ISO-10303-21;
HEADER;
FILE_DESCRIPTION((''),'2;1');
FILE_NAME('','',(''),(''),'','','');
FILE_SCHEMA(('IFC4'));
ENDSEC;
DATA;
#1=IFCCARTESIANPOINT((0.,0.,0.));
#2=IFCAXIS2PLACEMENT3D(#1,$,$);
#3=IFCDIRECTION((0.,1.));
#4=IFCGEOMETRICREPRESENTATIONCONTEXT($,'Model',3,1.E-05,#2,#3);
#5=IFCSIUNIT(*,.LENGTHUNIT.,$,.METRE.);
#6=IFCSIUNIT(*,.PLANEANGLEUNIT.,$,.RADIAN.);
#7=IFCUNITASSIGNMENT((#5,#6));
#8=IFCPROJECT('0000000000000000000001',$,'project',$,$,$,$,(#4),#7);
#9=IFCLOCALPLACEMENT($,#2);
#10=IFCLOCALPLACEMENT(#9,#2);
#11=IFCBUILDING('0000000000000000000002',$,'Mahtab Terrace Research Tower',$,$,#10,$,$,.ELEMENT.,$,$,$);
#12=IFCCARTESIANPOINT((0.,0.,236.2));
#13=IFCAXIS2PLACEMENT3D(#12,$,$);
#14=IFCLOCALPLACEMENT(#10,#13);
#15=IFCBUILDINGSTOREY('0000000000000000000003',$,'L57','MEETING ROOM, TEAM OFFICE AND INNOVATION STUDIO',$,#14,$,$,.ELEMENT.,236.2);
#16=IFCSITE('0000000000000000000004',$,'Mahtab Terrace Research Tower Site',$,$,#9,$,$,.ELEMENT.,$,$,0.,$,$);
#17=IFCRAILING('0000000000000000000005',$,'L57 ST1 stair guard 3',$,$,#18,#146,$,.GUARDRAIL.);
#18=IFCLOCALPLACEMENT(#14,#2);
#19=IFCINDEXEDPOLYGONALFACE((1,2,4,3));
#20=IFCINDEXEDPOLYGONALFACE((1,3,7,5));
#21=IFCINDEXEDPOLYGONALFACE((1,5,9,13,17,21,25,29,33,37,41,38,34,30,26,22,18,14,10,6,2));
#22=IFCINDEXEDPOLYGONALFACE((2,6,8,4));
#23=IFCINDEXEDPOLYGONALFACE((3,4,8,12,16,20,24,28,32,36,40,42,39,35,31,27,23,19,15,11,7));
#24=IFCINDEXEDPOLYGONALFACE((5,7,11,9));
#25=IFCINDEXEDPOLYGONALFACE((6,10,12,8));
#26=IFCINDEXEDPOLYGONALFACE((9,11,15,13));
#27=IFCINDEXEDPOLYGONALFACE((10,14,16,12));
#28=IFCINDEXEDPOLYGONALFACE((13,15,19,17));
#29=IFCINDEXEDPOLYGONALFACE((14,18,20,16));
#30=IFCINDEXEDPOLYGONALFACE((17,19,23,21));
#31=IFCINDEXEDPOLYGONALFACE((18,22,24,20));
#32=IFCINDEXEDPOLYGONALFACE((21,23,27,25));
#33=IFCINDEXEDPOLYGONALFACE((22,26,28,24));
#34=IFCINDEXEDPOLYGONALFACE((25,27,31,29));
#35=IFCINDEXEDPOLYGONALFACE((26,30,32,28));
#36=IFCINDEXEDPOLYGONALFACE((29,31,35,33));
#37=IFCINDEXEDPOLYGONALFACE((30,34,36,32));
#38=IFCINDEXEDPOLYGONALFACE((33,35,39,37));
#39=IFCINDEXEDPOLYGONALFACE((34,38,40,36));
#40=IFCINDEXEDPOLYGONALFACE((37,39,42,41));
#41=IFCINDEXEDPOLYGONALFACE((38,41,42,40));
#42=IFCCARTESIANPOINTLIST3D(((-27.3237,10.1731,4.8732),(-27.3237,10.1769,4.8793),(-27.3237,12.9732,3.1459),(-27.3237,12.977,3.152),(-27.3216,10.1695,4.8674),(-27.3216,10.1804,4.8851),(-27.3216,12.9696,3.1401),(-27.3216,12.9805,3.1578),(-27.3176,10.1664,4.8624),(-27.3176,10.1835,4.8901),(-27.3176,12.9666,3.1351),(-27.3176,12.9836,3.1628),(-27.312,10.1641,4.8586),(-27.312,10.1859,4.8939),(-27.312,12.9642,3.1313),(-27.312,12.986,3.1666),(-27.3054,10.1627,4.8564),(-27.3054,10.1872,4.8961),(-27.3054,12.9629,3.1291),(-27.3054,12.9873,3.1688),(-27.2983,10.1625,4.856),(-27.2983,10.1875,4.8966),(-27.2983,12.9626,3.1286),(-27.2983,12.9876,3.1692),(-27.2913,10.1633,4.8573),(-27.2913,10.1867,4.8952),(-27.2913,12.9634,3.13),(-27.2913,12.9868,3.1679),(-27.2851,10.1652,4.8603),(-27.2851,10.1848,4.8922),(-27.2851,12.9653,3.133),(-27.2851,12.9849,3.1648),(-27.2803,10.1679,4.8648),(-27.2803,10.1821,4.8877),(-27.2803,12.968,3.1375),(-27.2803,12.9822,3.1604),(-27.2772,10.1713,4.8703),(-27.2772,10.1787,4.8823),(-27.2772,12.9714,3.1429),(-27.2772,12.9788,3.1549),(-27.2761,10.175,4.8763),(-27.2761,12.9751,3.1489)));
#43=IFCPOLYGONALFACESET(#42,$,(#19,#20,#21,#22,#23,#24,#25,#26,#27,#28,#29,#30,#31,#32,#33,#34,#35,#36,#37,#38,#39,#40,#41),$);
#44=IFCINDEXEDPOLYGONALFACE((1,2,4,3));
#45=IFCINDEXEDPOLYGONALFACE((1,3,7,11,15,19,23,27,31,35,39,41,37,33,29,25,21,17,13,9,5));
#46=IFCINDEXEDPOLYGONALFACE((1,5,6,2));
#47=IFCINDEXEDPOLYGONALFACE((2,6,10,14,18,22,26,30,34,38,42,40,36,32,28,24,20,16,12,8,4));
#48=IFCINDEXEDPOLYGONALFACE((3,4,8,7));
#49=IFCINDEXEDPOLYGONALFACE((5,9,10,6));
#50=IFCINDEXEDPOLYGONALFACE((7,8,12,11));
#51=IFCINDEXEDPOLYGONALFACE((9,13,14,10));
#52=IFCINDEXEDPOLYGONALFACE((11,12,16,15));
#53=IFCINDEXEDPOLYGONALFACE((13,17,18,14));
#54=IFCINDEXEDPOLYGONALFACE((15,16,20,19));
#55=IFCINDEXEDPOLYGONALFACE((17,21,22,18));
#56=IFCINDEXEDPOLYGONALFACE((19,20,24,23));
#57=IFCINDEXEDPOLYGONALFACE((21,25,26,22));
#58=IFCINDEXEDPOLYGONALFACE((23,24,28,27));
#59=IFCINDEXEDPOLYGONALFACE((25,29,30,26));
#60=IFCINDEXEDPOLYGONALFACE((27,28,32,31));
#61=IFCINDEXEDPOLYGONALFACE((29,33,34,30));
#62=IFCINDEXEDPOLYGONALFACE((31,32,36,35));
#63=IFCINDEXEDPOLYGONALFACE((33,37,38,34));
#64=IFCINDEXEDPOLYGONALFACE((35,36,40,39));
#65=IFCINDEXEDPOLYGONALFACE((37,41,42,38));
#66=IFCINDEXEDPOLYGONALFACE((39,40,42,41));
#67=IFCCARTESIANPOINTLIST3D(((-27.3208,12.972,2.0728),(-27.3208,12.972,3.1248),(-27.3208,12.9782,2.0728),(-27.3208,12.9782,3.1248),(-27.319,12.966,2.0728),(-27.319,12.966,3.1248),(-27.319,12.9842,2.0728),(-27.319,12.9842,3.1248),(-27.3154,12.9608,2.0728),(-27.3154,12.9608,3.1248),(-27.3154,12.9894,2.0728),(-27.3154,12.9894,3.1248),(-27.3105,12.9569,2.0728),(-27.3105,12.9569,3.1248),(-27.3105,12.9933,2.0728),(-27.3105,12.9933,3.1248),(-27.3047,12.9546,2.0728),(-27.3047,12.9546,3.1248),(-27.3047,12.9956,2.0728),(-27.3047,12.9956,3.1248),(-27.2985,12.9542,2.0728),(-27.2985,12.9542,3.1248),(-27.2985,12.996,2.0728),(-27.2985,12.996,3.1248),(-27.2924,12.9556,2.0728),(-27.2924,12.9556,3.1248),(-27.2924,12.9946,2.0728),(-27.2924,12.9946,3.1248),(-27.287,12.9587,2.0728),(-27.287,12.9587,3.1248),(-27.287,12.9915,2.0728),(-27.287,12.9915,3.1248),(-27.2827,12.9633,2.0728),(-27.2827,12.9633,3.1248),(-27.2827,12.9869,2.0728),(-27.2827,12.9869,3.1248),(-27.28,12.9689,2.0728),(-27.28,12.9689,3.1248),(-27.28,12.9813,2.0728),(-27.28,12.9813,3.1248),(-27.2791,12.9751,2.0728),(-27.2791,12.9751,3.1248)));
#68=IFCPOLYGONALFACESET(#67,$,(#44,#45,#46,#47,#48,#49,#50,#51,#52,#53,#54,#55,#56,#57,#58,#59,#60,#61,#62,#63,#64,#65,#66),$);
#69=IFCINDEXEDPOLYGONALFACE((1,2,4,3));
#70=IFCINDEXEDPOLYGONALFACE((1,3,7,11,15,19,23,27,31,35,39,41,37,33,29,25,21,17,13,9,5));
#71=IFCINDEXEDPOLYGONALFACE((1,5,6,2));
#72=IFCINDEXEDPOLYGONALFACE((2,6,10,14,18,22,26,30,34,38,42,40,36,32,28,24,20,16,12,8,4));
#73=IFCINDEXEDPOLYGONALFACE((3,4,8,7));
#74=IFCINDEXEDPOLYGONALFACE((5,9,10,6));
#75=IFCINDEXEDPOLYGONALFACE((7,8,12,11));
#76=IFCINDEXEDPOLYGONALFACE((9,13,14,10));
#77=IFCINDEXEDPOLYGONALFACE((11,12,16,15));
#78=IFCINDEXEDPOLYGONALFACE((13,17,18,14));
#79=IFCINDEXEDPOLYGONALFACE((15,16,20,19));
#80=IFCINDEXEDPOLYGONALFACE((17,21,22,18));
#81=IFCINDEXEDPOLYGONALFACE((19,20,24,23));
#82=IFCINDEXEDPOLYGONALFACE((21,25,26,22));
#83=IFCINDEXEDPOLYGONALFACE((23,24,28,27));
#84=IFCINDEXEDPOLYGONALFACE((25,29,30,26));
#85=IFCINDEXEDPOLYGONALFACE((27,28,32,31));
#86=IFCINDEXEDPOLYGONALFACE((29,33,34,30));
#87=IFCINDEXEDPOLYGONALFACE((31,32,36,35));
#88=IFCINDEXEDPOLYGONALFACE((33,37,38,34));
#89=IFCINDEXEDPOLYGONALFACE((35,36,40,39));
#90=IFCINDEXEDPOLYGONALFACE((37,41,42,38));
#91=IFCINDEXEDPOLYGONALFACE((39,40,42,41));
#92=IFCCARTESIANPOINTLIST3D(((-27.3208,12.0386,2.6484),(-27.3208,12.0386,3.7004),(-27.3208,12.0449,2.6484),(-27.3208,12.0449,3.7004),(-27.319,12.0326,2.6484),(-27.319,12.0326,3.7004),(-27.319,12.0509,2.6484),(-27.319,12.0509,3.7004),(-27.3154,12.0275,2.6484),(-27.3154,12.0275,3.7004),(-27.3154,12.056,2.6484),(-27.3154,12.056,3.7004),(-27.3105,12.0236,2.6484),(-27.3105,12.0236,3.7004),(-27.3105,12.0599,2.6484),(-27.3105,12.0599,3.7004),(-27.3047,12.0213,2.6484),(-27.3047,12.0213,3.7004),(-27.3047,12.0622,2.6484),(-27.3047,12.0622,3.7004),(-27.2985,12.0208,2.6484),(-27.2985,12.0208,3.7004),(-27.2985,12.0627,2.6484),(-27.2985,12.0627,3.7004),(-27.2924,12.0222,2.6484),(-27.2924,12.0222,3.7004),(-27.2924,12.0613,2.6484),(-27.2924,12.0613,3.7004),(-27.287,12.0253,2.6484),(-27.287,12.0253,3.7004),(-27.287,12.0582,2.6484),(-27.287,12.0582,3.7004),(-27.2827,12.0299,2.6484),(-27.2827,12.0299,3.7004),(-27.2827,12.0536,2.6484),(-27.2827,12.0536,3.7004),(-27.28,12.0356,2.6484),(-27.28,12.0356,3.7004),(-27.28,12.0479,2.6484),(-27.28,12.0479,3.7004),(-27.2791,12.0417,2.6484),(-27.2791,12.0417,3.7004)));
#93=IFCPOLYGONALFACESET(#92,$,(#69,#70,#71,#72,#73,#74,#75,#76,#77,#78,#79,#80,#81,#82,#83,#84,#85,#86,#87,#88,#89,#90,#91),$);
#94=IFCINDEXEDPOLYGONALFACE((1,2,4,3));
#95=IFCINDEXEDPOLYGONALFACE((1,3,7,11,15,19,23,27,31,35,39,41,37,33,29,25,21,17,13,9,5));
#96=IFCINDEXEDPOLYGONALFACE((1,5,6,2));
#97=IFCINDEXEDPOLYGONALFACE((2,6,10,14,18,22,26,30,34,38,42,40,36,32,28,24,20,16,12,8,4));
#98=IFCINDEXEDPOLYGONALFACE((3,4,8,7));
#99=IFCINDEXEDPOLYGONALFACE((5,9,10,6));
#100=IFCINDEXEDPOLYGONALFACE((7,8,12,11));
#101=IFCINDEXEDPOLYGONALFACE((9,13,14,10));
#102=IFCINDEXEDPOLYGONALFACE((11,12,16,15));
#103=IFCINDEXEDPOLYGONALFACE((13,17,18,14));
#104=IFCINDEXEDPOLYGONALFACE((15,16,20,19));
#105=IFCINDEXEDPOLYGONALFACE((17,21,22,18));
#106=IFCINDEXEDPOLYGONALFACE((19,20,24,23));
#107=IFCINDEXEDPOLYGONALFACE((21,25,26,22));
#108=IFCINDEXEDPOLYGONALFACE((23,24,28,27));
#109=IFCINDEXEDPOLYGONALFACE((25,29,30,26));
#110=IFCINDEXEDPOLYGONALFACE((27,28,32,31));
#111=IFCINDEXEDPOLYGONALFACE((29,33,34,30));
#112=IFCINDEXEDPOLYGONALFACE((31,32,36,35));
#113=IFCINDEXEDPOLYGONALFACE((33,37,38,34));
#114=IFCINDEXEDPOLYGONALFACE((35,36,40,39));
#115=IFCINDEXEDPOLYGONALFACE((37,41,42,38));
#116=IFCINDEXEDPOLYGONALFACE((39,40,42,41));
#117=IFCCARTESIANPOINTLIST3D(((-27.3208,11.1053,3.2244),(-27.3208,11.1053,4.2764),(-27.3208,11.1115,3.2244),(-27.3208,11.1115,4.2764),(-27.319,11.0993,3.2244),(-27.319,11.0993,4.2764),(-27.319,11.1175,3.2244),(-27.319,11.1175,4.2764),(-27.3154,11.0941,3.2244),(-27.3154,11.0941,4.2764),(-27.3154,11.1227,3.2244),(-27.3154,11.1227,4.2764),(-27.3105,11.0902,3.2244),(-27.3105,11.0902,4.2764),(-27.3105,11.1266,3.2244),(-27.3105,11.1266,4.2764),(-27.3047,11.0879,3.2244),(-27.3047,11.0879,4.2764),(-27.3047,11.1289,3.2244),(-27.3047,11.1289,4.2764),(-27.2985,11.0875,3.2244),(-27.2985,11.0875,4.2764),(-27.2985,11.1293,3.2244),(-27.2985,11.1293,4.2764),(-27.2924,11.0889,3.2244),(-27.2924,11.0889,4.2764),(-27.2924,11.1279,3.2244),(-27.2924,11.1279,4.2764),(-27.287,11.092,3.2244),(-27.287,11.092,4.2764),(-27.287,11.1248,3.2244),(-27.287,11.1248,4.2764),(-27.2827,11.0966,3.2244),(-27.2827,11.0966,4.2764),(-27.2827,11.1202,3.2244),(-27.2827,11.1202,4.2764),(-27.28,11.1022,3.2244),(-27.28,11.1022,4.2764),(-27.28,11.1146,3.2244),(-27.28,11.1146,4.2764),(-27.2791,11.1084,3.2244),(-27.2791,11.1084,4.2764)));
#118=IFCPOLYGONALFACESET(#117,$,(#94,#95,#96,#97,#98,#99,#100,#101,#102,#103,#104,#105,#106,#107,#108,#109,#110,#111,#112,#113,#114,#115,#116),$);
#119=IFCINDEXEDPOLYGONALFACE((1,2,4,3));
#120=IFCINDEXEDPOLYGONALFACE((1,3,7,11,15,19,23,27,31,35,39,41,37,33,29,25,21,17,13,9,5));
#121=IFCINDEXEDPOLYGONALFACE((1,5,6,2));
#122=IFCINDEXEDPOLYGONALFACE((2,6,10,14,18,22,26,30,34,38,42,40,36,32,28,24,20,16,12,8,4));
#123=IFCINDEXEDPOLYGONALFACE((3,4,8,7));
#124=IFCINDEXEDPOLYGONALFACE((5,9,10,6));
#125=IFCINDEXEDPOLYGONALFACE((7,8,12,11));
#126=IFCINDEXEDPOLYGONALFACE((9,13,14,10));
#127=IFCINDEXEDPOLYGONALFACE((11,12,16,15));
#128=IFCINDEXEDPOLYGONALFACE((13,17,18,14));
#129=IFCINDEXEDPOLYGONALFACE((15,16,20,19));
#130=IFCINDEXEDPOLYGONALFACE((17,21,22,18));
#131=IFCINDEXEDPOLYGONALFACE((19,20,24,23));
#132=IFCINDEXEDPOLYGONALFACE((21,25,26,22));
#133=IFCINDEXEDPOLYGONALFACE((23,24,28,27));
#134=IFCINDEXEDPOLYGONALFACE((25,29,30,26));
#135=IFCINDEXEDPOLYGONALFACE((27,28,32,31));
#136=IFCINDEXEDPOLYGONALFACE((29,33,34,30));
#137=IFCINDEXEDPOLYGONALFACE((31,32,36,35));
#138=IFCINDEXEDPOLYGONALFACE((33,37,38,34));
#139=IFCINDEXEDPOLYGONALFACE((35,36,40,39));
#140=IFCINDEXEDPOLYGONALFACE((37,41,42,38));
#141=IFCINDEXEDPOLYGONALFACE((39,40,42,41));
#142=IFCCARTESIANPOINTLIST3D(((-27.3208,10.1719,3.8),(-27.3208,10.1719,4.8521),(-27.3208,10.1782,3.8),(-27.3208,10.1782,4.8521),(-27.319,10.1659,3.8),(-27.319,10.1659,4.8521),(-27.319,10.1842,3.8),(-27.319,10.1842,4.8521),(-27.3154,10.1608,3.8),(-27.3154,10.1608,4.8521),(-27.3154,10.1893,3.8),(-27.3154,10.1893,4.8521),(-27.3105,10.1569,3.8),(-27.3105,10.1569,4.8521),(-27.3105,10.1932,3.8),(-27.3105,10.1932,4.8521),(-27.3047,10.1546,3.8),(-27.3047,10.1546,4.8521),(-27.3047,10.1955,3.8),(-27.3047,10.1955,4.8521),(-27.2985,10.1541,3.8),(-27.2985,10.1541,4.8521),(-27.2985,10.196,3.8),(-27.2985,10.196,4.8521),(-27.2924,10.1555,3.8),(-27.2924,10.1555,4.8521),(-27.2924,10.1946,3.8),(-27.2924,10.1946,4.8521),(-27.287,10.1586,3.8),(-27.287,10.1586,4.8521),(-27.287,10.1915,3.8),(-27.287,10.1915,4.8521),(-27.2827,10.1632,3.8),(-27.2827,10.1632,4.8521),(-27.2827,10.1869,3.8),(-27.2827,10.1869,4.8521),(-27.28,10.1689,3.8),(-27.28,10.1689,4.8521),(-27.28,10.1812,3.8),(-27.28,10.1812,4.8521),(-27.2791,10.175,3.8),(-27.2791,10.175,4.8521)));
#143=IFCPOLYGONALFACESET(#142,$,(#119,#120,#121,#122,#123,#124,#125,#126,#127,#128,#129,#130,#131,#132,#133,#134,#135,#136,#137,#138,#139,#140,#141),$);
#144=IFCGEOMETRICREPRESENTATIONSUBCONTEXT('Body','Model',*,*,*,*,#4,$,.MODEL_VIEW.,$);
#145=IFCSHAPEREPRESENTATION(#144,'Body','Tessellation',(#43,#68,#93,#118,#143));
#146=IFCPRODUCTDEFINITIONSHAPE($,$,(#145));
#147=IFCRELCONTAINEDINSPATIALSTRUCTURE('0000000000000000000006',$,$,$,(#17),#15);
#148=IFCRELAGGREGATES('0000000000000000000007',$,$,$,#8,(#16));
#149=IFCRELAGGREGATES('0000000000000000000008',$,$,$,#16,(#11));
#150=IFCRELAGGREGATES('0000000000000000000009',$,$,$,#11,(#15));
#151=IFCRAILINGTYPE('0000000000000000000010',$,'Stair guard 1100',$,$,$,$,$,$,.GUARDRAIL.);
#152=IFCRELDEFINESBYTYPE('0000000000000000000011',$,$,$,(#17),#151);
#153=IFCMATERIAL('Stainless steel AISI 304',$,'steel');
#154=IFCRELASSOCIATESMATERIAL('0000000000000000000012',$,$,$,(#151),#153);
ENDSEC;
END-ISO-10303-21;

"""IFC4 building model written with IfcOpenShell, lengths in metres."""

from ifc_helpers import new_model, si_unit, direction, frame, origin, origin_2d, place, context, subcontext, project, spatial, circle, extrude, material, type_object, element, save


model = new_model("IFC4")

# Units and contexts
model_context = context("Model", 3, precision=1e-05, world=origin(), true_north=direction((0.0, 1.0)))
body_context = subcontext(model_context, "Body", "Model", "MODEL_VIEW")
ifc_project = project(units=[si_unit("LENGTHUNIT", "METRE"), si_unit("PLANEANGLEUNIT", "RADIAN")], contexts=[model_context])

# Site, building, storey
site_placement = place(None, origin())
site = spatial("IfcSite", under=ifc_project, at=site_placement, Name="Mahtab Terrace Research Tower Site", CompositionType="ELEMENT", RefElevation=0.0)
building_placement = place(site_placement, origin())
building = spatial("IfcBuilding", under=site, at=building_placement, Name="Mahtab Terrace Research Tower", CompositionType="ELEMENT")
storey_placement = place(building_placement, frame((0.0, 0.0, 236.2)))
storey = spatial("IfcBuildingStorey", under=building, at=storey_placement, Name="L57", Description="MEETING ROOM, TEAM OFFICE AND INNOVATION STUDIO", CompositionType="ELEMENT", Elevation=236.2)

# Railing
ifc_material_1 = material(Name="Stainless steel AISI 304", Category="steel")
railing_type_1 = type_object("IfcRailingType", Name="Stair guard 1100", PredefinedType="GUARDRAIL", material=ifc_material_1)
railing_1_placement = place(storey_placement, frame((-27.3, 12.9751, 2.0728)))
element("IfcRailing", 1, at=railing_1_placement, inside=storey, type_object=railing_type_1, Name="L57 ST1 stair guard 3", PredefinedType="GUARDRAIL", context=body_context, shape_type="SweptSolid", body=[
    extrude(circle(Radius=0.0239, at=origin_2d()), frame((0.0, 0.0, 1.0762), z_axis=(0.0, -0.85109, 0.52502), x_axis=(1.0, 0.0, 0.0)), (0.0, 0.0, 1.0), 3.29),
    extrude(circle(Radius=0.021, at=origin_2d()), origin(), (0.0, 0.0, 1.0), 1.052),
    extrude(circle(Radius=0.021, at=origin_2d()), frame((0.0, -0.9333, 0.5757)), (0.0, 0.0, 1.0), 1.052),
    extrude(circle(Radius=0.021, at=origin_2d()), frame((0.0, -1.8667, 1.1516)), (0.0, 0.0, 1.0), 1.052),
    extrude(circle(Radius=0.021, at=origin_2d()), frame((0.0, -2.8, 1.7273)), (0.0, 0.0, 1.0), 1.052),
])

save(model, "model.ifc")
